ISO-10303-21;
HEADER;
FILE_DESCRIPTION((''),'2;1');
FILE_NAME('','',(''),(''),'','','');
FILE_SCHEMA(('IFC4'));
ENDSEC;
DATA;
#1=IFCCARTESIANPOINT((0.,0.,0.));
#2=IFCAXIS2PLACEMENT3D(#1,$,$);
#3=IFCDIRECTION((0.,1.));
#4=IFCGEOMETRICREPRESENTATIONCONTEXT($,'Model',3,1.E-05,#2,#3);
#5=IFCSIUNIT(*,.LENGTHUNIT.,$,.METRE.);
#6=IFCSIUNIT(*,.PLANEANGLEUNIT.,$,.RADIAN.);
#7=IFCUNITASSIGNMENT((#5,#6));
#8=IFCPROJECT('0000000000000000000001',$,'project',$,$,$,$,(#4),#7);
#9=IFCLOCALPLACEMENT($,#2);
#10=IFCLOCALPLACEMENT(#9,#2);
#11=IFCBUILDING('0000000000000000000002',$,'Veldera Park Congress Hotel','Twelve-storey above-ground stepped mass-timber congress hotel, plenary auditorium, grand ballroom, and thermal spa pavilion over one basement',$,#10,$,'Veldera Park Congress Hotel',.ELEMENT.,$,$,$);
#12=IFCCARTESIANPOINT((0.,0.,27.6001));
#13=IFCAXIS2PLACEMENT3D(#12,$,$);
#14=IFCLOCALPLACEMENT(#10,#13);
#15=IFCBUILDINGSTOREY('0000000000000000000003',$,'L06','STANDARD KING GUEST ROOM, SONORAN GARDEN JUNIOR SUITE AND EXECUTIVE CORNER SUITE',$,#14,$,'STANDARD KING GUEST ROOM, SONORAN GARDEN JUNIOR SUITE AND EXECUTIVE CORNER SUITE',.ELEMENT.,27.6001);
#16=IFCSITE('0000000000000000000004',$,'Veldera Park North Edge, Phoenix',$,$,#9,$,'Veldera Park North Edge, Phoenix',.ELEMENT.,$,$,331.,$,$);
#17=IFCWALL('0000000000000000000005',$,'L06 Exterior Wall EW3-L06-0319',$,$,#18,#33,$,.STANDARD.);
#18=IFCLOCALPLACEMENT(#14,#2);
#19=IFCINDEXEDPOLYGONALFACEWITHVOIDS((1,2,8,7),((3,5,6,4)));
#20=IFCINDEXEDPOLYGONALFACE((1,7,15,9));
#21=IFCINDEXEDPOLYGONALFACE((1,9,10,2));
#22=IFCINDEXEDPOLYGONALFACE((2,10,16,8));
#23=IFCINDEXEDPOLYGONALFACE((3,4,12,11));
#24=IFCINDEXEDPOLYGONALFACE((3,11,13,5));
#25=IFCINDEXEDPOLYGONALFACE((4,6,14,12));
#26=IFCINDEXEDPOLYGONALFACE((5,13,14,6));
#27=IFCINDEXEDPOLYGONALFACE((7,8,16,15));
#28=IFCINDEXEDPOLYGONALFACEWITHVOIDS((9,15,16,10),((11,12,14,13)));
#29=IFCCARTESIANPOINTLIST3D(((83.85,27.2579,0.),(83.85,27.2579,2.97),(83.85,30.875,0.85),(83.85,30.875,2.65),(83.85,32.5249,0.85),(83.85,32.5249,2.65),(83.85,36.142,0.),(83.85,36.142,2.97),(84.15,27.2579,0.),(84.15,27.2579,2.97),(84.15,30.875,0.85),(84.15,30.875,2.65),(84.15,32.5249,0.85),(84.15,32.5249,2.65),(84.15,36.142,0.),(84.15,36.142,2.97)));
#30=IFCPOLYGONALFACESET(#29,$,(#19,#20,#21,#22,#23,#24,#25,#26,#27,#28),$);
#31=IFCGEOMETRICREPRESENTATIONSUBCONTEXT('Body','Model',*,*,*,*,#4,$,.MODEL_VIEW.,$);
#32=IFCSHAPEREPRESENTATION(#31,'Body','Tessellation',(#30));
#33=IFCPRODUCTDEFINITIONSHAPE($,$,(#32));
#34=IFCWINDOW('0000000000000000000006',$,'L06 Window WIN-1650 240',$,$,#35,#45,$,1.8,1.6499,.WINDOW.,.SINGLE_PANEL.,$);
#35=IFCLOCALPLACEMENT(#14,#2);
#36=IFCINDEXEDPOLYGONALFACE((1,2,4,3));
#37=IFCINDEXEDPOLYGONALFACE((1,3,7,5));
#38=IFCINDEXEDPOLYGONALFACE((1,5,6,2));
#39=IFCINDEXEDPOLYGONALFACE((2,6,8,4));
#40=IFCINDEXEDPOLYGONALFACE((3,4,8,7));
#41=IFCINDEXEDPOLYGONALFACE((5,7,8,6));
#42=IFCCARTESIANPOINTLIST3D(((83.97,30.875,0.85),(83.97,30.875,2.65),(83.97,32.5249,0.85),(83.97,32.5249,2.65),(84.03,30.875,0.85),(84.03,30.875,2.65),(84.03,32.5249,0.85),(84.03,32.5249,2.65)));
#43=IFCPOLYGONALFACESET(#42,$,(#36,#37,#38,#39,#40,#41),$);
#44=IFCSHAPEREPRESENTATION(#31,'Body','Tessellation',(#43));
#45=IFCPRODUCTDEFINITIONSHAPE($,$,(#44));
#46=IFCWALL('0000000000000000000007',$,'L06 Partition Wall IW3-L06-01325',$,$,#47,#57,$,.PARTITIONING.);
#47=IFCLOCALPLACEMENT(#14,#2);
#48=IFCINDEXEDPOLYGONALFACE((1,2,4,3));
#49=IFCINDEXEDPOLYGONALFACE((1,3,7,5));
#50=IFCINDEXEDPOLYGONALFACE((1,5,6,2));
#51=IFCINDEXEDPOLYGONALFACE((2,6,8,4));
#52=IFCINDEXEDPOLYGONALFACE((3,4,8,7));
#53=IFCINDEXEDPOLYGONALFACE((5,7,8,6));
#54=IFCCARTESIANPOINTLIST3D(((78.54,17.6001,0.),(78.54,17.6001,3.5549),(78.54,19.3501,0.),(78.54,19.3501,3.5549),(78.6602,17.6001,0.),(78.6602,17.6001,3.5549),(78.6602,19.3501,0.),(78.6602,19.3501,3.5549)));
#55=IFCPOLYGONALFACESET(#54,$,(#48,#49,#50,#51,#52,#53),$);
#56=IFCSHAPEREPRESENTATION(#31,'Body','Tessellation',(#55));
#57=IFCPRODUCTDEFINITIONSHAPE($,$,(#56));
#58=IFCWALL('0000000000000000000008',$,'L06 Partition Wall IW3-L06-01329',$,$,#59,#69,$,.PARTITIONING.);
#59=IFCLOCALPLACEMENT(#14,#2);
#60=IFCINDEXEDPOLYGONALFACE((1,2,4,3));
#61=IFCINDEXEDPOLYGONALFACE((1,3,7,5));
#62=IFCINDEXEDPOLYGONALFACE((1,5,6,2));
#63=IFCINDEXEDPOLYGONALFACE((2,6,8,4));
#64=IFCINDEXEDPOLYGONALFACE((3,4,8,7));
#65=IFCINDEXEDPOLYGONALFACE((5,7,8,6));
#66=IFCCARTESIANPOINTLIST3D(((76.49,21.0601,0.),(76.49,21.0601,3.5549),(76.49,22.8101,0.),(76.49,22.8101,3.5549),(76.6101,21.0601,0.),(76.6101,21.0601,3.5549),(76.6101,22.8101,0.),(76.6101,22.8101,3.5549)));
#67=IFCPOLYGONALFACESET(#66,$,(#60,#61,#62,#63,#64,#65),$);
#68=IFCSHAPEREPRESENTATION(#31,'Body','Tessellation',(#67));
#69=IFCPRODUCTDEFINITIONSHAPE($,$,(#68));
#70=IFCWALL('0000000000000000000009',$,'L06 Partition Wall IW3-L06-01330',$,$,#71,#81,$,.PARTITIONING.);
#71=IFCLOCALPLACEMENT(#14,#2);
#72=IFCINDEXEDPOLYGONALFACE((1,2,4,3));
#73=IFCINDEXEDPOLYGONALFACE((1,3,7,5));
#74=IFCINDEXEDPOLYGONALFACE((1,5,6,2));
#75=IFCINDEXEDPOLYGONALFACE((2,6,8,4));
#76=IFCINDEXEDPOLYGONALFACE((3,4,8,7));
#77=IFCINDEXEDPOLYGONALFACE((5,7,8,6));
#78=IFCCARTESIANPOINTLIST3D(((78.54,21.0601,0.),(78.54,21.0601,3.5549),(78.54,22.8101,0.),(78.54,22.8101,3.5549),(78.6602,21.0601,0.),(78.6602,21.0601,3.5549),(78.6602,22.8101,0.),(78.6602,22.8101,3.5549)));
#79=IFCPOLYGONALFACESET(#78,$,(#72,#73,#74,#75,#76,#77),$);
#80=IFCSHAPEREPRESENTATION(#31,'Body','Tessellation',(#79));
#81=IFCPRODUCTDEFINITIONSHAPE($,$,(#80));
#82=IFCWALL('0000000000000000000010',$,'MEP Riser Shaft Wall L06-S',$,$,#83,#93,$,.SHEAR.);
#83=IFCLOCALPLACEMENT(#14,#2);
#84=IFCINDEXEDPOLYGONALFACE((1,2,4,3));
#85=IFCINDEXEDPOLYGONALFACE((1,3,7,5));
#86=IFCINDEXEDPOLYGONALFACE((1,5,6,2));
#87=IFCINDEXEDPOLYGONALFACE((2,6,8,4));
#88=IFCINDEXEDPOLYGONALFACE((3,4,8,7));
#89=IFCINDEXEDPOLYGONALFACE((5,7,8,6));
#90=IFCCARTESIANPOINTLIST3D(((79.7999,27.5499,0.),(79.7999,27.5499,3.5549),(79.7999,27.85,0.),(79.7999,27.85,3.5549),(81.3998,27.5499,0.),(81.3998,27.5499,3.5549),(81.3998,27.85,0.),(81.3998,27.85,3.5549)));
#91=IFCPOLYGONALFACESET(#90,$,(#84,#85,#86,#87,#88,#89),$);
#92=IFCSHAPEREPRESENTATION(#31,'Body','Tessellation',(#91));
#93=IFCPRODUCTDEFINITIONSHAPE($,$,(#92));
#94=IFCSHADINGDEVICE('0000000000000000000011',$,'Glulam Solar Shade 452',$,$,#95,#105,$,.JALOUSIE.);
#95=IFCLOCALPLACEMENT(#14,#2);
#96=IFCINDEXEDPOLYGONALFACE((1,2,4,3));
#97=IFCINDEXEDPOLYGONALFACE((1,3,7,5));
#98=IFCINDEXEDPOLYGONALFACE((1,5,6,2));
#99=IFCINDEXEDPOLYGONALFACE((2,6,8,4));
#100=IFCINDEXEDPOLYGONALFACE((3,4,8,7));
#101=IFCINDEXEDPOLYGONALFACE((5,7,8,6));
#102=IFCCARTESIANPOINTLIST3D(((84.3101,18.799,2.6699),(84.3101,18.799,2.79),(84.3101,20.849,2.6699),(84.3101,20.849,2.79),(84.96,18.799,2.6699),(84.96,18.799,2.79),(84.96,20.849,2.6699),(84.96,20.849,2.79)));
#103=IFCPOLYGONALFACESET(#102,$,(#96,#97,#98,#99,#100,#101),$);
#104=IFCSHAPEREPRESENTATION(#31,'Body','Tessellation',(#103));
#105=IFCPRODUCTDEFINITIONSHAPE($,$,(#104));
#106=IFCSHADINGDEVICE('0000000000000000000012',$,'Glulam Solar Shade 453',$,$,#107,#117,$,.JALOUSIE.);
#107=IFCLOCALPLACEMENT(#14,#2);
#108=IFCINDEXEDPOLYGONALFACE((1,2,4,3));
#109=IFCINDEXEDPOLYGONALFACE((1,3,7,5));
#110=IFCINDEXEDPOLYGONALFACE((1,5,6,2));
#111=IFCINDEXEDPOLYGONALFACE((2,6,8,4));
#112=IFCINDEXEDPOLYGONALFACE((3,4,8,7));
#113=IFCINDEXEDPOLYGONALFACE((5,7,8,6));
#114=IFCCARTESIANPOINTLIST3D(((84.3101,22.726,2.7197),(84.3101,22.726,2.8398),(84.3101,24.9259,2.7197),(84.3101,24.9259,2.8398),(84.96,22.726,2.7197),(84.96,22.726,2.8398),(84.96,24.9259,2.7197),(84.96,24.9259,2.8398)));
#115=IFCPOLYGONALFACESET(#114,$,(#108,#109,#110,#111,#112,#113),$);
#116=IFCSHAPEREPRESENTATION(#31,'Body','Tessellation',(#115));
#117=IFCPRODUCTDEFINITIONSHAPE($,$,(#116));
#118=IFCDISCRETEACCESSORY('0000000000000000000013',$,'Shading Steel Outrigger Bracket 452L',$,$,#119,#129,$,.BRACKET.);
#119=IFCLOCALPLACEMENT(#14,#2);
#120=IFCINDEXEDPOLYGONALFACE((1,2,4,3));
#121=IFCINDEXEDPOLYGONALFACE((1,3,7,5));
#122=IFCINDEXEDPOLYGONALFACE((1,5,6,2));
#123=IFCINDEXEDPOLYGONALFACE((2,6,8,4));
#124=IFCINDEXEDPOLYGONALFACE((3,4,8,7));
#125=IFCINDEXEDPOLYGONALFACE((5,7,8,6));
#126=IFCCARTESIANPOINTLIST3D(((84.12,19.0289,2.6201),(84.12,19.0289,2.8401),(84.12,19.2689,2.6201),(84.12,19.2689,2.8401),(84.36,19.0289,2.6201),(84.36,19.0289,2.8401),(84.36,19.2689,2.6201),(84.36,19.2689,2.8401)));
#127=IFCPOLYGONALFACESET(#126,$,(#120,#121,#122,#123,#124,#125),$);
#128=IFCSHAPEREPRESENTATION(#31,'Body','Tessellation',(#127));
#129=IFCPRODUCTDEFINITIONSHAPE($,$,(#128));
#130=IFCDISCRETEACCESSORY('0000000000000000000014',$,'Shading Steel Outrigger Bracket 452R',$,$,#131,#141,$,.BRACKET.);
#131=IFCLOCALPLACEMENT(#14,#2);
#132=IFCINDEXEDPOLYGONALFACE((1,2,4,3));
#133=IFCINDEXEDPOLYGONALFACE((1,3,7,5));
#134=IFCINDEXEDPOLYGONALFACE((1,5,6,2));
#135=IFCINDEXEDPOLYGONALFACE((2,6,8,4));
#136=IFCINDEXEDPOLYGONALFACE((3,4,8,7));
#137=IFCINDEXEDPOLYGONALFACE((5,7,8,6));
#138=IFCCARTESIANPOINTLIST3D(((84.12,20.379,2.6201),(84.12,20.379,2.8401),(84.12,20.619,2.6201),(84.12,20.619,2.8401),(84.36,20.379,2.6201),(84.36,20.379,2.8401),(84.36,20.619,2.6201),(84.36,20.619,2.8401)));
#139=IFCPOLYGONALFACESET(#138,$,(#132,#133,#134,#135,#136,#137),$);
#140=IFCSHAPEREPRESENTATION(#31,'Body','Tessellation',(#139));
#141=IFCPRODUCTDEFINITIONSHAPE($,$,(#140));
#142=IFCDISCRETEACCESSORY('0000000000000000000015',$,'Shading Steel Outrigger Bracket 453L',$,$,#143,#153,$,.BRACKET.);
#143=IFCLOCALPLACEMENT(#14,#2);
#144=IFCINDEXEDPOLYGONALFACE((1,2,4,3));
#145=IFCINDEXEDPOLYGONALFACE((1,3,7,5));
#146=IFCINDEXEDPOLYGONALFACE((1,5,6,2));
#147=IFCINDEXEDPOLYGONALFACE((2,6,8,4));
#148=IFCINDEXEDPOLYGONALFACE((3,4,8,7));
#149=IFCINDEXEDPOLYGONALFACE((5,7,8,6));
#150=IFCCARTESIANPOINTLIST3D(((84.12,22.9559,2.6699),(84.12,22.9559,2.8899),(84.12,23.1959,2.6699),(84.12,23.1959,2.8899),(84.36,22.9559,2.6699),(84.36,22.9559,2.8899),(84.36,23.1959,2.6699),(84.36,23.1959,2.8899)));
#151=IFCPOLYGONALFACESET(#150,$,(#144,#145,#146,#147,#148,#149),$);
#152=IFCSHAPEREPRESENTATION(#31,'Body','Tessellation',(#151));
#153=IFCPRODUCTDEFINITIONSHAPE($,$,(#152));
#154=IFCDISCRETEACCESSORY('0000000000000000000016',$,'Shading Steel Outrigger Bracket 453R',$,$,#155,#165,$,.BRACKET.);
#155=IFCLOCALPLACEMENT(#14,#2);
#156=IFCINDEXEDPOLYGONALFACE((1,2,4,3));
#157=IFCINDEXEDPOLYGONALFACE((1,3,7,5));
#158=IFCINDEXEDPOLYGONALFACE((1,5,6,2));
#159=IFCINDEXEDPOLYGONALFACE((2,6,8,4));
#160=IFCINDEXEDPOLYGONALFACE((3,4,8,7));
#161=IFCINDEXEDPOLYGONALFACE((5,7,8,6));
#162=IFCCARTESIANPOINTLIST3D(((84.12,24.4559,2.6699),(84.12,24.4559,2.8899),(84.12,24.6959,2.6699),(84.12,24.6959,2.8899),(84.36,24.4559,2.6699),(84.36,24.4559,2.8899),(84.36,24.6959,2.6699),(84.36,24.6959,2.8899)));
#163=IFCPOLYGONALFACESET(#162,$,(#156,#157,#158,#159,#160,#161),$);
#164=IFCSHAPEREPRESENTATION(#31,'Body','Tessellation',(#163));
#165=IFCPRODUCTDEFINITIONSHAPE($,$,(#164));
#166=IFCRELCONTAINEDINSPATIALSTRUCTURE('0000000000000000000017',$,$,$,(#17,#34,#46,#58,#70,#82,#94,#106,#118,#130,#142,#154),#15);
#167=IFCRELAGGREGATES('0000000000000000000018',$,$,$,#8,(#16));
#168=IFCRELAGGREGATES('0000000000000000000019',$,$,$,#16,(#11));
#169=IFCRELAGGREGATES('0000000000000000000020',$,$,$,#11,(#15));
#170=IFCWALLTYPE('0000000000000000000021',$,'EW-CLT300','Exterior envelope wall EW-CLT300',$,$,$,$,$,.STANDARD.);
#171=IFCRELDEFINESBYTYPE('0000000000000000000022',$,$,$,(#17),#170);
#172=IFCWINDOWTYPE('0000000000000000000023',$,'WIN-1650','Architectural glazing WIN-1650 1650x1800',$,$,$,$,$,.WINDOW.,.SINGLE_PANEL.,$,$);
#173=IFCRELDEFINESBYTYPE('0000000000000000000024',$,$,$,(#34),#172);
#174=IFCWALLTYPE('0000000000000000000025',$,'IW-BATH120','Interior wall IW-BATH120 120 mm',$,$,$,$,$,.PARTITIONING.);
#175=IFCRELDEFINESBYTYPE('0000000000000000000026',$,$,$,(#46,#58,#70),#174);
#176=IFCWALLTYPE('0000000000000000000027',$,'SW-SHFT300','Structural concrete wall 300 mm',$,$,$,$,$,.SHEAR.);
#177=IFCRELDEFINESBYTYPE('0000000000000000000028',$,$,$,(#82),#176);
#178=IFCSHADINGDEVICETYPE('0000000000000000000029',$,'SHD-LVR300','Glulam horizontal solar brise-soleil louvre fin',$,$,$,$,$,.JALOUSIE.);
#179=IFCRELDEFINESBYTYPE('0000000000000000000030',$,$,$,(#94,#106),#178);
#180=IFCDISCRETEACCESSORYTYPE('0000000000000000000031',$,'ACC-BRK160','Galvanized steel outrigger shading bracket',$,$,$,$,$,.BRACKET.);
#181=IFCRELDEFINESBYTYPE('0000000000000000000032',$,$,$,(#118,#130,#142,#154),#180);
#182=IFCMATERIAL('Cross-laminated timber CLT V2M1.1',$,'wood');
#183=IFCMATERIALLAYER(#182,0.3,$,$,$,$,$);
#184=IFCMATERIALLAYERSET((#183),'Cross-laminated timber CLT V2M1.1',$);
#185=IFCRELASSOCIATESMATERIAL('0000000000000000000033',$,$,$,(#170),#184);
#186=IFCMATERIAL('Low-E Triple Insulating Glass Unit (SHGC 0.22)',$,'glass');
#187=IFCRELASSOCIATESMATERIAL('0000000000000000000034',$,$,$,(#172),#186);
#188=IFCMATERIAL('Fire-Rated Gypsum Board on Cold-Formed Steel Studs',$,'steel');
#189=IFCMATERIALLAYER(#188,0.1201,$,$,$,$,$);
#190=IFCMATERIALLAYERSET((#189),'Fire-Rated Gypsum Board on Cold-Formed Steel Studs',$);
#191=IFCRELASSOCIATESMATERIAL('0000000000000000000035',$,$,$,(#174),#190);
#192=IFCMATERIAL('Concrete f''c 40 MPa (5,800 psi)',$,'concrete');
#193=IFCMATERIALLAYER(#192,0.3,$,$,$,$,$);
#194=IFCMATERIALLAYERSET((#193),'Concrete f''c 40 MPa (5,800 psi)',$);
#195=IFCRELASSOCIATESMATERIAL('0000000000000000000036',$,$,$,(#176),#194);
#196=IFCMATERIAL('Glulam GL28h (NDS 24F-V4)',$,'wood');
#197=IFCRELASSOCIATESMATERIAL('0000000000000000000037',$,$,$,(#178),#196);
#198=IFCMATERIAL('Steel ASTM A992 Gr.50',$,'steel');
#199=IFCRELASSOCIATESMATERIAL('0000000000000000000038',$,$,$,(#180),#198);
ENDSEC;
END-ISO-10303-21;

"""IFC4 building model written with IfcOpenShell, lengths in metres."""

from ifc_helpers import new_model, si_unit, direction, frame, frame_2d, origin, origin_2d, place, context, subcontext, project, spatial, rectangle, extrude, material, layer, layer_set, type_object, element, fill, save


model = new_model("IFC4")

# Units and contexts
model_context = context("Model", 3, precision=1e-05, world=origin(), true_north=direction((0.0, 1.0)))
body_context = subcontext(model_context, "Body", "Model", "MODEL_VIEW")
ifc_project = project(units=[si_unit("LENGTHUNIT", "METRE"), si_unit("PLANEANGLEUNIT", "RADIAN")], contexts=[model_context])

# Site, building, storey
site_placement = place(None, origin())
site = spatial("IfcSite", under=ifc_project, at=site_placement, Name="Veldera Park North Edge, Phoenix", LongName="Veldera Park North Edge, Phoenix", CompositionType="ELEMENT", RefElevation=331.0)
building_placement = place(site_placement, origin())
building = spatial("IfcBuilding", under=site, at=building_placement, Name="Veldera Park Congress Hotel", Description="Twelve-storey above-ground stepped mass-timber congress hotel, plenary auditorium, grand ballroom, and thermal spa pavilion over one basement", LongName="Veldera Park Congress Hotel", CompositionType="ELEMENT")
storey_placement = place(building_placement, frame((0.0, 0.0, 27.6001)))
storey = spatial("IfcBuildingStorey", under=building, at=storey_placement, Name="L06", Description="STANDARD KING GUEST ROOM, SONORAN GARDEN JUNIOR SUITE AND EXECUTIVE CORNER SUITE", LongName="STANDARD KING GUEST ROOM, SONORAN GARDEN JUNIOR SUITE AND EXECUTIVE CORNER SUITE", CompositionType="ELEMENT", Elevation=27.6001)

# Shared definitions
ifc_material_1 = material(Name="Glulam GL28h (NDS 24F-V4)", Category="wood")

# Shared definitions
ifc_material_2 = material(Name="Cross-laminated timber CLT V2M1.1", Category="wood")
ifc_layer_1 = layer(ifc_material_2, 0.3)
ifc_layer_set_1 = layer_set([ifc_layer_1], Name="Cross-laminated timber CLT V2M1.1")
wall_type_1 = type_object("IfcWallType", Name="EW-CLT300", Description="Exterior envelope wall EW-CLT300", PredefinedType="STANDARD", material=ifc_layer_set_1)
ifc_material_3 = material(Name="Low-E Triple Insulating Glass Unit (SHGC 0.22)", Category="glass")
window_type_1 = type_object("IfcWindowType", Name="WIN-1650", Description="Architectural glazing WIN-1650 1650x1800", PartitioningType="SINGLE_PANEL", PredefinedType="WINDOW", material=ifc_material_3)

# Wall, opening, window
wall_1_placement = place(storey_placement, frame((84.0, 27.2581, 0.0), z_axis=(0.0, 0.0, 1.0), x_axis=(0.0, 1.0, 0.0)))
wall_1 = element("IfcWall", 1, at=wall_1_placement, inside=storey, type_object=wall_type_1, Name="L06 Exterior Wall EW3-L06-0319", PredefinedType="STANDARD", context=body_context, shape_type="SweptSolid", body=[
    extrude(rectangle(XDim=8.884, YDim=0.3, at=frame_2d((4.4419, 0.0))), origin(), (0.0, 0.0, 1.0), 2.97),
])
opening_1_placement = place(wall_1_placement, frame((3.6169, 0.0, 0.8501)))
opening_1 = element("IfcOpeningElement", 2, at=opening_1_placement, cuts=wall_1, PredefinedType="OPENING", context=body_context, shape_type="SweptSolid", body=[
    extrude(rectangle(XDim=1.6499, YDim=1.8, at=frame_2d((0.825, 0.8999))), frame((0.0, 0.1621, 0.0), z_axis=(0.0, -1.0, 0.0), x_axis=(1.0, 0.0, 0.0)), (0.0, 0.0, 1.0), 0.324),
])
window_1_placement = place(opening_1_placement, origin())
window_1 = element("IfcWindow", 3, at=window_1_placement, inside=storey, type_object=window_type_1, Name="L06 Window WIN-1650 240", OverallHeight=1.8, OverallWidth=1.6499, PartitioningType="SINGLE_PANEL", PredefinedType="WINDOW", context=body_context, shape_type="SweptSolid", body=[
    extrude(rectangle(XDim=1.6499, YDim=1.8, at=frame_2d((0.825, 0.8999))), frame((0.0, 0.03, 0.0), z_axis=(0.0, -1.0, 0.0), x_axis=(1.0, 0.0, 0.0)), (0.0, 0.0, 1.0), 0.0601),
])
fill(opening_1, window_1)

# Walls
ifc_material_4 = material(Name="Fire-Rated Gypsum Board on Cold-Formed Steel Studs", Category="steel")
ifc_layer_2 = layer(ifc_material_4, 0.1201)
ifc_layer_set_2 = layer_set([ifc_layer_2], Name="Fire-Rated Gypsum Board on Cold-Formed Steel Studs")
wall_type_2 = type_object("IfcWallType", Name="IW-BATH120", Description="Interior wall IW-BATH120 120 mm", PredefinedType="PARTITIONING", material=ifc_layer_set_2)
for number, where, z_axis, x_axis, name in (
    (4, (78.6001, 17.6001, 0.0), (0.0, 0.0, 1.0), (0.0, 1.0, 0.0), "L06 Partition Wall IW3-L06-01325"),
    (5, (76.55, 21.0601, 0.0), (0.0, 0.0, 1.0), (0.0, 1.0, 0.0), "L06 Partition Wall IW3-L06-01329"),
    (6, (78.6001, 21.0601, 0.0), (0.0, 0.0, 1.0), (0.0, 1.0, 0.0), "L06 Partition Wall IW3-L06-01330"),
):
    element("IfcWall", number, at=place(storey_placement, frame(where, z_axis=z_axis, x_axis=x_axis)), inside=storey, type_object=wall_type_2, Name=name, PredefinedType="PARTITIONING", context=body_context, shape_type="SweptSolid", body=[
        extrude(rectangle(XDim=1.75, YDim=0.1201, at=frame_2d((0.875, 0.0))), origin(), (0.0, 0.0, 1.0), 3.5549),
    ])

# Wall
ifc_material_5 = material(Name="Concrete f'c 40 MPa (5,800 psi)", Category="concrete")
ifc_layer_3 = layer(ifc_material_5, 0.3)
ifc_layer_set_3 = layer_set([ifc_layer_3], Name="Concrete f'c 40 MPa (5,800 psi)")
wall_type_3 = type_object("IfcWallType", Name="SW-SHFT300", Description="Structural concrete wall 300 mm", PredefinedType="SHEAR", material=ifc_layer_set_3)
wall_2_placement = place(storey_placement, frame((79.8, 27.7, 0.0), z_axis=(0.0, 0.0, 1.0), x_axis=(1.0, 0.0, 0.0)))
element("IfcWall", 7, at=wall_2_placement, inside=storey, type_object=wall_type_3, Name="MEP Riser Shaft Wall L06-S", PredefinedType="SHEAR", context=body_context, shape_type="SweptSolid", body=[
    extrude(rectangle(XDim=1.5999, YDim=0.3, at=frame_2d((0.7998, 0.0))), origin(), (0.0, 0.0, 1.0), 3.5549),
])

# Shading devices
shading_device_type = type_object("IfcShadingDeviceType", Name="SHD-LVR300", Description="Glulam horizontal solar brise-soleil louvre fin", PredefinedType="JALOUSIE", material=ifc_material_1)
shading_device_1_placement = place(storey_placement, frame((84.635, 19.824, 2.6699), z_axis=(0.0, 0.0, 1.0), x_axis=(0.0, 1.0, 0.0)))
element("IfcShadingDevice", 8, at=shading_device_1_placement, inside=storey, type_object=shading_device_type, Name="Glulam Solar Shade 452", PredefinedType="JALOUSIE", context=body_context, shape_type="SweptSolid", body=[
    extrude(rectangle(XDim=2.05, YDim=0.6499, at=origin_2d()), origin(), (0.0, 0.0, 1.0), 0.1201),
])
shading_device_2_placement = place(storey_placement, frame((84.635, 23.8259, 2.7197), z_axis=(0.0, 0.0, 1.0), x_axis=(0.0, 1.0, 0.0)))
element("IfcShadingDevice", 9, at=shading_device_2_placement, inside=storey, type_object=shading_device_type, Name="Glulam Solar Shade 453", PredefinedType="JALOUSIE", context=body_context, shape_type="SweptSolid", body=[
    extrude(rectangle(XDim=2.2, YDim=0.6499, at=origin_2d()), origin(), (0.0, 0.0, 1.0), 0.1201),
])

# Discrete accessories
ifc_material_6 = material(Name="Steel ASTM A992 Gr.50", Category="steel")
discrete_accessory_type = type_object("IfcDiscreteAccessoryType", Name="ACC-BRK160", Description="Galvanized steel outrigger shading bracket", PredefinedType="BRACKET", material=ifc_material_6)
for number, where, z_axis, x_axis, name in (
    (10, (84.24, 19.1489, 2.6201), (0.0, 0.0, 1.0), (0.0, 1.0, 0.0), "Shading Steel Outrigger Bracket 452L"),
    (11, (84.24, 20.499, 2.6201), (0.0, 0.0, 1.0), (0.0, 1.0, 0.0), "Shading Steel Outrigger Bracket 452R"),
    (12, (84.24, 23.0759, 2.6699), (0.0, 0.0, 1.0), (0.0, 1.0, 0.0), "Shading Steel Outrigger Bracket 453L"),
    (13, (84.24, 24.5759, 2.6699), (0.0, 0.0, 1.0), (0.0, 1.0, 0.0), "Shading Steel Outrigger Bracket 453R"),
):
    element("IfcDiscreteAccessory", number, at=place(storey_placement, frame(where, z_axis=z_axis, x_axis=x_axis)), inside=storey, type_object=discrete_accessory_type, Name=name, PredefinedType="BRACKET", context=body_context, shape_type="SweptSolid", body=[
        extrude(rectangle(XDim=0.24, YDim=0.24, at=origin_2d()), origin(), (0.0, 0.0, 1.0), 0.22),
    ])

save(model, "model.ifc")
